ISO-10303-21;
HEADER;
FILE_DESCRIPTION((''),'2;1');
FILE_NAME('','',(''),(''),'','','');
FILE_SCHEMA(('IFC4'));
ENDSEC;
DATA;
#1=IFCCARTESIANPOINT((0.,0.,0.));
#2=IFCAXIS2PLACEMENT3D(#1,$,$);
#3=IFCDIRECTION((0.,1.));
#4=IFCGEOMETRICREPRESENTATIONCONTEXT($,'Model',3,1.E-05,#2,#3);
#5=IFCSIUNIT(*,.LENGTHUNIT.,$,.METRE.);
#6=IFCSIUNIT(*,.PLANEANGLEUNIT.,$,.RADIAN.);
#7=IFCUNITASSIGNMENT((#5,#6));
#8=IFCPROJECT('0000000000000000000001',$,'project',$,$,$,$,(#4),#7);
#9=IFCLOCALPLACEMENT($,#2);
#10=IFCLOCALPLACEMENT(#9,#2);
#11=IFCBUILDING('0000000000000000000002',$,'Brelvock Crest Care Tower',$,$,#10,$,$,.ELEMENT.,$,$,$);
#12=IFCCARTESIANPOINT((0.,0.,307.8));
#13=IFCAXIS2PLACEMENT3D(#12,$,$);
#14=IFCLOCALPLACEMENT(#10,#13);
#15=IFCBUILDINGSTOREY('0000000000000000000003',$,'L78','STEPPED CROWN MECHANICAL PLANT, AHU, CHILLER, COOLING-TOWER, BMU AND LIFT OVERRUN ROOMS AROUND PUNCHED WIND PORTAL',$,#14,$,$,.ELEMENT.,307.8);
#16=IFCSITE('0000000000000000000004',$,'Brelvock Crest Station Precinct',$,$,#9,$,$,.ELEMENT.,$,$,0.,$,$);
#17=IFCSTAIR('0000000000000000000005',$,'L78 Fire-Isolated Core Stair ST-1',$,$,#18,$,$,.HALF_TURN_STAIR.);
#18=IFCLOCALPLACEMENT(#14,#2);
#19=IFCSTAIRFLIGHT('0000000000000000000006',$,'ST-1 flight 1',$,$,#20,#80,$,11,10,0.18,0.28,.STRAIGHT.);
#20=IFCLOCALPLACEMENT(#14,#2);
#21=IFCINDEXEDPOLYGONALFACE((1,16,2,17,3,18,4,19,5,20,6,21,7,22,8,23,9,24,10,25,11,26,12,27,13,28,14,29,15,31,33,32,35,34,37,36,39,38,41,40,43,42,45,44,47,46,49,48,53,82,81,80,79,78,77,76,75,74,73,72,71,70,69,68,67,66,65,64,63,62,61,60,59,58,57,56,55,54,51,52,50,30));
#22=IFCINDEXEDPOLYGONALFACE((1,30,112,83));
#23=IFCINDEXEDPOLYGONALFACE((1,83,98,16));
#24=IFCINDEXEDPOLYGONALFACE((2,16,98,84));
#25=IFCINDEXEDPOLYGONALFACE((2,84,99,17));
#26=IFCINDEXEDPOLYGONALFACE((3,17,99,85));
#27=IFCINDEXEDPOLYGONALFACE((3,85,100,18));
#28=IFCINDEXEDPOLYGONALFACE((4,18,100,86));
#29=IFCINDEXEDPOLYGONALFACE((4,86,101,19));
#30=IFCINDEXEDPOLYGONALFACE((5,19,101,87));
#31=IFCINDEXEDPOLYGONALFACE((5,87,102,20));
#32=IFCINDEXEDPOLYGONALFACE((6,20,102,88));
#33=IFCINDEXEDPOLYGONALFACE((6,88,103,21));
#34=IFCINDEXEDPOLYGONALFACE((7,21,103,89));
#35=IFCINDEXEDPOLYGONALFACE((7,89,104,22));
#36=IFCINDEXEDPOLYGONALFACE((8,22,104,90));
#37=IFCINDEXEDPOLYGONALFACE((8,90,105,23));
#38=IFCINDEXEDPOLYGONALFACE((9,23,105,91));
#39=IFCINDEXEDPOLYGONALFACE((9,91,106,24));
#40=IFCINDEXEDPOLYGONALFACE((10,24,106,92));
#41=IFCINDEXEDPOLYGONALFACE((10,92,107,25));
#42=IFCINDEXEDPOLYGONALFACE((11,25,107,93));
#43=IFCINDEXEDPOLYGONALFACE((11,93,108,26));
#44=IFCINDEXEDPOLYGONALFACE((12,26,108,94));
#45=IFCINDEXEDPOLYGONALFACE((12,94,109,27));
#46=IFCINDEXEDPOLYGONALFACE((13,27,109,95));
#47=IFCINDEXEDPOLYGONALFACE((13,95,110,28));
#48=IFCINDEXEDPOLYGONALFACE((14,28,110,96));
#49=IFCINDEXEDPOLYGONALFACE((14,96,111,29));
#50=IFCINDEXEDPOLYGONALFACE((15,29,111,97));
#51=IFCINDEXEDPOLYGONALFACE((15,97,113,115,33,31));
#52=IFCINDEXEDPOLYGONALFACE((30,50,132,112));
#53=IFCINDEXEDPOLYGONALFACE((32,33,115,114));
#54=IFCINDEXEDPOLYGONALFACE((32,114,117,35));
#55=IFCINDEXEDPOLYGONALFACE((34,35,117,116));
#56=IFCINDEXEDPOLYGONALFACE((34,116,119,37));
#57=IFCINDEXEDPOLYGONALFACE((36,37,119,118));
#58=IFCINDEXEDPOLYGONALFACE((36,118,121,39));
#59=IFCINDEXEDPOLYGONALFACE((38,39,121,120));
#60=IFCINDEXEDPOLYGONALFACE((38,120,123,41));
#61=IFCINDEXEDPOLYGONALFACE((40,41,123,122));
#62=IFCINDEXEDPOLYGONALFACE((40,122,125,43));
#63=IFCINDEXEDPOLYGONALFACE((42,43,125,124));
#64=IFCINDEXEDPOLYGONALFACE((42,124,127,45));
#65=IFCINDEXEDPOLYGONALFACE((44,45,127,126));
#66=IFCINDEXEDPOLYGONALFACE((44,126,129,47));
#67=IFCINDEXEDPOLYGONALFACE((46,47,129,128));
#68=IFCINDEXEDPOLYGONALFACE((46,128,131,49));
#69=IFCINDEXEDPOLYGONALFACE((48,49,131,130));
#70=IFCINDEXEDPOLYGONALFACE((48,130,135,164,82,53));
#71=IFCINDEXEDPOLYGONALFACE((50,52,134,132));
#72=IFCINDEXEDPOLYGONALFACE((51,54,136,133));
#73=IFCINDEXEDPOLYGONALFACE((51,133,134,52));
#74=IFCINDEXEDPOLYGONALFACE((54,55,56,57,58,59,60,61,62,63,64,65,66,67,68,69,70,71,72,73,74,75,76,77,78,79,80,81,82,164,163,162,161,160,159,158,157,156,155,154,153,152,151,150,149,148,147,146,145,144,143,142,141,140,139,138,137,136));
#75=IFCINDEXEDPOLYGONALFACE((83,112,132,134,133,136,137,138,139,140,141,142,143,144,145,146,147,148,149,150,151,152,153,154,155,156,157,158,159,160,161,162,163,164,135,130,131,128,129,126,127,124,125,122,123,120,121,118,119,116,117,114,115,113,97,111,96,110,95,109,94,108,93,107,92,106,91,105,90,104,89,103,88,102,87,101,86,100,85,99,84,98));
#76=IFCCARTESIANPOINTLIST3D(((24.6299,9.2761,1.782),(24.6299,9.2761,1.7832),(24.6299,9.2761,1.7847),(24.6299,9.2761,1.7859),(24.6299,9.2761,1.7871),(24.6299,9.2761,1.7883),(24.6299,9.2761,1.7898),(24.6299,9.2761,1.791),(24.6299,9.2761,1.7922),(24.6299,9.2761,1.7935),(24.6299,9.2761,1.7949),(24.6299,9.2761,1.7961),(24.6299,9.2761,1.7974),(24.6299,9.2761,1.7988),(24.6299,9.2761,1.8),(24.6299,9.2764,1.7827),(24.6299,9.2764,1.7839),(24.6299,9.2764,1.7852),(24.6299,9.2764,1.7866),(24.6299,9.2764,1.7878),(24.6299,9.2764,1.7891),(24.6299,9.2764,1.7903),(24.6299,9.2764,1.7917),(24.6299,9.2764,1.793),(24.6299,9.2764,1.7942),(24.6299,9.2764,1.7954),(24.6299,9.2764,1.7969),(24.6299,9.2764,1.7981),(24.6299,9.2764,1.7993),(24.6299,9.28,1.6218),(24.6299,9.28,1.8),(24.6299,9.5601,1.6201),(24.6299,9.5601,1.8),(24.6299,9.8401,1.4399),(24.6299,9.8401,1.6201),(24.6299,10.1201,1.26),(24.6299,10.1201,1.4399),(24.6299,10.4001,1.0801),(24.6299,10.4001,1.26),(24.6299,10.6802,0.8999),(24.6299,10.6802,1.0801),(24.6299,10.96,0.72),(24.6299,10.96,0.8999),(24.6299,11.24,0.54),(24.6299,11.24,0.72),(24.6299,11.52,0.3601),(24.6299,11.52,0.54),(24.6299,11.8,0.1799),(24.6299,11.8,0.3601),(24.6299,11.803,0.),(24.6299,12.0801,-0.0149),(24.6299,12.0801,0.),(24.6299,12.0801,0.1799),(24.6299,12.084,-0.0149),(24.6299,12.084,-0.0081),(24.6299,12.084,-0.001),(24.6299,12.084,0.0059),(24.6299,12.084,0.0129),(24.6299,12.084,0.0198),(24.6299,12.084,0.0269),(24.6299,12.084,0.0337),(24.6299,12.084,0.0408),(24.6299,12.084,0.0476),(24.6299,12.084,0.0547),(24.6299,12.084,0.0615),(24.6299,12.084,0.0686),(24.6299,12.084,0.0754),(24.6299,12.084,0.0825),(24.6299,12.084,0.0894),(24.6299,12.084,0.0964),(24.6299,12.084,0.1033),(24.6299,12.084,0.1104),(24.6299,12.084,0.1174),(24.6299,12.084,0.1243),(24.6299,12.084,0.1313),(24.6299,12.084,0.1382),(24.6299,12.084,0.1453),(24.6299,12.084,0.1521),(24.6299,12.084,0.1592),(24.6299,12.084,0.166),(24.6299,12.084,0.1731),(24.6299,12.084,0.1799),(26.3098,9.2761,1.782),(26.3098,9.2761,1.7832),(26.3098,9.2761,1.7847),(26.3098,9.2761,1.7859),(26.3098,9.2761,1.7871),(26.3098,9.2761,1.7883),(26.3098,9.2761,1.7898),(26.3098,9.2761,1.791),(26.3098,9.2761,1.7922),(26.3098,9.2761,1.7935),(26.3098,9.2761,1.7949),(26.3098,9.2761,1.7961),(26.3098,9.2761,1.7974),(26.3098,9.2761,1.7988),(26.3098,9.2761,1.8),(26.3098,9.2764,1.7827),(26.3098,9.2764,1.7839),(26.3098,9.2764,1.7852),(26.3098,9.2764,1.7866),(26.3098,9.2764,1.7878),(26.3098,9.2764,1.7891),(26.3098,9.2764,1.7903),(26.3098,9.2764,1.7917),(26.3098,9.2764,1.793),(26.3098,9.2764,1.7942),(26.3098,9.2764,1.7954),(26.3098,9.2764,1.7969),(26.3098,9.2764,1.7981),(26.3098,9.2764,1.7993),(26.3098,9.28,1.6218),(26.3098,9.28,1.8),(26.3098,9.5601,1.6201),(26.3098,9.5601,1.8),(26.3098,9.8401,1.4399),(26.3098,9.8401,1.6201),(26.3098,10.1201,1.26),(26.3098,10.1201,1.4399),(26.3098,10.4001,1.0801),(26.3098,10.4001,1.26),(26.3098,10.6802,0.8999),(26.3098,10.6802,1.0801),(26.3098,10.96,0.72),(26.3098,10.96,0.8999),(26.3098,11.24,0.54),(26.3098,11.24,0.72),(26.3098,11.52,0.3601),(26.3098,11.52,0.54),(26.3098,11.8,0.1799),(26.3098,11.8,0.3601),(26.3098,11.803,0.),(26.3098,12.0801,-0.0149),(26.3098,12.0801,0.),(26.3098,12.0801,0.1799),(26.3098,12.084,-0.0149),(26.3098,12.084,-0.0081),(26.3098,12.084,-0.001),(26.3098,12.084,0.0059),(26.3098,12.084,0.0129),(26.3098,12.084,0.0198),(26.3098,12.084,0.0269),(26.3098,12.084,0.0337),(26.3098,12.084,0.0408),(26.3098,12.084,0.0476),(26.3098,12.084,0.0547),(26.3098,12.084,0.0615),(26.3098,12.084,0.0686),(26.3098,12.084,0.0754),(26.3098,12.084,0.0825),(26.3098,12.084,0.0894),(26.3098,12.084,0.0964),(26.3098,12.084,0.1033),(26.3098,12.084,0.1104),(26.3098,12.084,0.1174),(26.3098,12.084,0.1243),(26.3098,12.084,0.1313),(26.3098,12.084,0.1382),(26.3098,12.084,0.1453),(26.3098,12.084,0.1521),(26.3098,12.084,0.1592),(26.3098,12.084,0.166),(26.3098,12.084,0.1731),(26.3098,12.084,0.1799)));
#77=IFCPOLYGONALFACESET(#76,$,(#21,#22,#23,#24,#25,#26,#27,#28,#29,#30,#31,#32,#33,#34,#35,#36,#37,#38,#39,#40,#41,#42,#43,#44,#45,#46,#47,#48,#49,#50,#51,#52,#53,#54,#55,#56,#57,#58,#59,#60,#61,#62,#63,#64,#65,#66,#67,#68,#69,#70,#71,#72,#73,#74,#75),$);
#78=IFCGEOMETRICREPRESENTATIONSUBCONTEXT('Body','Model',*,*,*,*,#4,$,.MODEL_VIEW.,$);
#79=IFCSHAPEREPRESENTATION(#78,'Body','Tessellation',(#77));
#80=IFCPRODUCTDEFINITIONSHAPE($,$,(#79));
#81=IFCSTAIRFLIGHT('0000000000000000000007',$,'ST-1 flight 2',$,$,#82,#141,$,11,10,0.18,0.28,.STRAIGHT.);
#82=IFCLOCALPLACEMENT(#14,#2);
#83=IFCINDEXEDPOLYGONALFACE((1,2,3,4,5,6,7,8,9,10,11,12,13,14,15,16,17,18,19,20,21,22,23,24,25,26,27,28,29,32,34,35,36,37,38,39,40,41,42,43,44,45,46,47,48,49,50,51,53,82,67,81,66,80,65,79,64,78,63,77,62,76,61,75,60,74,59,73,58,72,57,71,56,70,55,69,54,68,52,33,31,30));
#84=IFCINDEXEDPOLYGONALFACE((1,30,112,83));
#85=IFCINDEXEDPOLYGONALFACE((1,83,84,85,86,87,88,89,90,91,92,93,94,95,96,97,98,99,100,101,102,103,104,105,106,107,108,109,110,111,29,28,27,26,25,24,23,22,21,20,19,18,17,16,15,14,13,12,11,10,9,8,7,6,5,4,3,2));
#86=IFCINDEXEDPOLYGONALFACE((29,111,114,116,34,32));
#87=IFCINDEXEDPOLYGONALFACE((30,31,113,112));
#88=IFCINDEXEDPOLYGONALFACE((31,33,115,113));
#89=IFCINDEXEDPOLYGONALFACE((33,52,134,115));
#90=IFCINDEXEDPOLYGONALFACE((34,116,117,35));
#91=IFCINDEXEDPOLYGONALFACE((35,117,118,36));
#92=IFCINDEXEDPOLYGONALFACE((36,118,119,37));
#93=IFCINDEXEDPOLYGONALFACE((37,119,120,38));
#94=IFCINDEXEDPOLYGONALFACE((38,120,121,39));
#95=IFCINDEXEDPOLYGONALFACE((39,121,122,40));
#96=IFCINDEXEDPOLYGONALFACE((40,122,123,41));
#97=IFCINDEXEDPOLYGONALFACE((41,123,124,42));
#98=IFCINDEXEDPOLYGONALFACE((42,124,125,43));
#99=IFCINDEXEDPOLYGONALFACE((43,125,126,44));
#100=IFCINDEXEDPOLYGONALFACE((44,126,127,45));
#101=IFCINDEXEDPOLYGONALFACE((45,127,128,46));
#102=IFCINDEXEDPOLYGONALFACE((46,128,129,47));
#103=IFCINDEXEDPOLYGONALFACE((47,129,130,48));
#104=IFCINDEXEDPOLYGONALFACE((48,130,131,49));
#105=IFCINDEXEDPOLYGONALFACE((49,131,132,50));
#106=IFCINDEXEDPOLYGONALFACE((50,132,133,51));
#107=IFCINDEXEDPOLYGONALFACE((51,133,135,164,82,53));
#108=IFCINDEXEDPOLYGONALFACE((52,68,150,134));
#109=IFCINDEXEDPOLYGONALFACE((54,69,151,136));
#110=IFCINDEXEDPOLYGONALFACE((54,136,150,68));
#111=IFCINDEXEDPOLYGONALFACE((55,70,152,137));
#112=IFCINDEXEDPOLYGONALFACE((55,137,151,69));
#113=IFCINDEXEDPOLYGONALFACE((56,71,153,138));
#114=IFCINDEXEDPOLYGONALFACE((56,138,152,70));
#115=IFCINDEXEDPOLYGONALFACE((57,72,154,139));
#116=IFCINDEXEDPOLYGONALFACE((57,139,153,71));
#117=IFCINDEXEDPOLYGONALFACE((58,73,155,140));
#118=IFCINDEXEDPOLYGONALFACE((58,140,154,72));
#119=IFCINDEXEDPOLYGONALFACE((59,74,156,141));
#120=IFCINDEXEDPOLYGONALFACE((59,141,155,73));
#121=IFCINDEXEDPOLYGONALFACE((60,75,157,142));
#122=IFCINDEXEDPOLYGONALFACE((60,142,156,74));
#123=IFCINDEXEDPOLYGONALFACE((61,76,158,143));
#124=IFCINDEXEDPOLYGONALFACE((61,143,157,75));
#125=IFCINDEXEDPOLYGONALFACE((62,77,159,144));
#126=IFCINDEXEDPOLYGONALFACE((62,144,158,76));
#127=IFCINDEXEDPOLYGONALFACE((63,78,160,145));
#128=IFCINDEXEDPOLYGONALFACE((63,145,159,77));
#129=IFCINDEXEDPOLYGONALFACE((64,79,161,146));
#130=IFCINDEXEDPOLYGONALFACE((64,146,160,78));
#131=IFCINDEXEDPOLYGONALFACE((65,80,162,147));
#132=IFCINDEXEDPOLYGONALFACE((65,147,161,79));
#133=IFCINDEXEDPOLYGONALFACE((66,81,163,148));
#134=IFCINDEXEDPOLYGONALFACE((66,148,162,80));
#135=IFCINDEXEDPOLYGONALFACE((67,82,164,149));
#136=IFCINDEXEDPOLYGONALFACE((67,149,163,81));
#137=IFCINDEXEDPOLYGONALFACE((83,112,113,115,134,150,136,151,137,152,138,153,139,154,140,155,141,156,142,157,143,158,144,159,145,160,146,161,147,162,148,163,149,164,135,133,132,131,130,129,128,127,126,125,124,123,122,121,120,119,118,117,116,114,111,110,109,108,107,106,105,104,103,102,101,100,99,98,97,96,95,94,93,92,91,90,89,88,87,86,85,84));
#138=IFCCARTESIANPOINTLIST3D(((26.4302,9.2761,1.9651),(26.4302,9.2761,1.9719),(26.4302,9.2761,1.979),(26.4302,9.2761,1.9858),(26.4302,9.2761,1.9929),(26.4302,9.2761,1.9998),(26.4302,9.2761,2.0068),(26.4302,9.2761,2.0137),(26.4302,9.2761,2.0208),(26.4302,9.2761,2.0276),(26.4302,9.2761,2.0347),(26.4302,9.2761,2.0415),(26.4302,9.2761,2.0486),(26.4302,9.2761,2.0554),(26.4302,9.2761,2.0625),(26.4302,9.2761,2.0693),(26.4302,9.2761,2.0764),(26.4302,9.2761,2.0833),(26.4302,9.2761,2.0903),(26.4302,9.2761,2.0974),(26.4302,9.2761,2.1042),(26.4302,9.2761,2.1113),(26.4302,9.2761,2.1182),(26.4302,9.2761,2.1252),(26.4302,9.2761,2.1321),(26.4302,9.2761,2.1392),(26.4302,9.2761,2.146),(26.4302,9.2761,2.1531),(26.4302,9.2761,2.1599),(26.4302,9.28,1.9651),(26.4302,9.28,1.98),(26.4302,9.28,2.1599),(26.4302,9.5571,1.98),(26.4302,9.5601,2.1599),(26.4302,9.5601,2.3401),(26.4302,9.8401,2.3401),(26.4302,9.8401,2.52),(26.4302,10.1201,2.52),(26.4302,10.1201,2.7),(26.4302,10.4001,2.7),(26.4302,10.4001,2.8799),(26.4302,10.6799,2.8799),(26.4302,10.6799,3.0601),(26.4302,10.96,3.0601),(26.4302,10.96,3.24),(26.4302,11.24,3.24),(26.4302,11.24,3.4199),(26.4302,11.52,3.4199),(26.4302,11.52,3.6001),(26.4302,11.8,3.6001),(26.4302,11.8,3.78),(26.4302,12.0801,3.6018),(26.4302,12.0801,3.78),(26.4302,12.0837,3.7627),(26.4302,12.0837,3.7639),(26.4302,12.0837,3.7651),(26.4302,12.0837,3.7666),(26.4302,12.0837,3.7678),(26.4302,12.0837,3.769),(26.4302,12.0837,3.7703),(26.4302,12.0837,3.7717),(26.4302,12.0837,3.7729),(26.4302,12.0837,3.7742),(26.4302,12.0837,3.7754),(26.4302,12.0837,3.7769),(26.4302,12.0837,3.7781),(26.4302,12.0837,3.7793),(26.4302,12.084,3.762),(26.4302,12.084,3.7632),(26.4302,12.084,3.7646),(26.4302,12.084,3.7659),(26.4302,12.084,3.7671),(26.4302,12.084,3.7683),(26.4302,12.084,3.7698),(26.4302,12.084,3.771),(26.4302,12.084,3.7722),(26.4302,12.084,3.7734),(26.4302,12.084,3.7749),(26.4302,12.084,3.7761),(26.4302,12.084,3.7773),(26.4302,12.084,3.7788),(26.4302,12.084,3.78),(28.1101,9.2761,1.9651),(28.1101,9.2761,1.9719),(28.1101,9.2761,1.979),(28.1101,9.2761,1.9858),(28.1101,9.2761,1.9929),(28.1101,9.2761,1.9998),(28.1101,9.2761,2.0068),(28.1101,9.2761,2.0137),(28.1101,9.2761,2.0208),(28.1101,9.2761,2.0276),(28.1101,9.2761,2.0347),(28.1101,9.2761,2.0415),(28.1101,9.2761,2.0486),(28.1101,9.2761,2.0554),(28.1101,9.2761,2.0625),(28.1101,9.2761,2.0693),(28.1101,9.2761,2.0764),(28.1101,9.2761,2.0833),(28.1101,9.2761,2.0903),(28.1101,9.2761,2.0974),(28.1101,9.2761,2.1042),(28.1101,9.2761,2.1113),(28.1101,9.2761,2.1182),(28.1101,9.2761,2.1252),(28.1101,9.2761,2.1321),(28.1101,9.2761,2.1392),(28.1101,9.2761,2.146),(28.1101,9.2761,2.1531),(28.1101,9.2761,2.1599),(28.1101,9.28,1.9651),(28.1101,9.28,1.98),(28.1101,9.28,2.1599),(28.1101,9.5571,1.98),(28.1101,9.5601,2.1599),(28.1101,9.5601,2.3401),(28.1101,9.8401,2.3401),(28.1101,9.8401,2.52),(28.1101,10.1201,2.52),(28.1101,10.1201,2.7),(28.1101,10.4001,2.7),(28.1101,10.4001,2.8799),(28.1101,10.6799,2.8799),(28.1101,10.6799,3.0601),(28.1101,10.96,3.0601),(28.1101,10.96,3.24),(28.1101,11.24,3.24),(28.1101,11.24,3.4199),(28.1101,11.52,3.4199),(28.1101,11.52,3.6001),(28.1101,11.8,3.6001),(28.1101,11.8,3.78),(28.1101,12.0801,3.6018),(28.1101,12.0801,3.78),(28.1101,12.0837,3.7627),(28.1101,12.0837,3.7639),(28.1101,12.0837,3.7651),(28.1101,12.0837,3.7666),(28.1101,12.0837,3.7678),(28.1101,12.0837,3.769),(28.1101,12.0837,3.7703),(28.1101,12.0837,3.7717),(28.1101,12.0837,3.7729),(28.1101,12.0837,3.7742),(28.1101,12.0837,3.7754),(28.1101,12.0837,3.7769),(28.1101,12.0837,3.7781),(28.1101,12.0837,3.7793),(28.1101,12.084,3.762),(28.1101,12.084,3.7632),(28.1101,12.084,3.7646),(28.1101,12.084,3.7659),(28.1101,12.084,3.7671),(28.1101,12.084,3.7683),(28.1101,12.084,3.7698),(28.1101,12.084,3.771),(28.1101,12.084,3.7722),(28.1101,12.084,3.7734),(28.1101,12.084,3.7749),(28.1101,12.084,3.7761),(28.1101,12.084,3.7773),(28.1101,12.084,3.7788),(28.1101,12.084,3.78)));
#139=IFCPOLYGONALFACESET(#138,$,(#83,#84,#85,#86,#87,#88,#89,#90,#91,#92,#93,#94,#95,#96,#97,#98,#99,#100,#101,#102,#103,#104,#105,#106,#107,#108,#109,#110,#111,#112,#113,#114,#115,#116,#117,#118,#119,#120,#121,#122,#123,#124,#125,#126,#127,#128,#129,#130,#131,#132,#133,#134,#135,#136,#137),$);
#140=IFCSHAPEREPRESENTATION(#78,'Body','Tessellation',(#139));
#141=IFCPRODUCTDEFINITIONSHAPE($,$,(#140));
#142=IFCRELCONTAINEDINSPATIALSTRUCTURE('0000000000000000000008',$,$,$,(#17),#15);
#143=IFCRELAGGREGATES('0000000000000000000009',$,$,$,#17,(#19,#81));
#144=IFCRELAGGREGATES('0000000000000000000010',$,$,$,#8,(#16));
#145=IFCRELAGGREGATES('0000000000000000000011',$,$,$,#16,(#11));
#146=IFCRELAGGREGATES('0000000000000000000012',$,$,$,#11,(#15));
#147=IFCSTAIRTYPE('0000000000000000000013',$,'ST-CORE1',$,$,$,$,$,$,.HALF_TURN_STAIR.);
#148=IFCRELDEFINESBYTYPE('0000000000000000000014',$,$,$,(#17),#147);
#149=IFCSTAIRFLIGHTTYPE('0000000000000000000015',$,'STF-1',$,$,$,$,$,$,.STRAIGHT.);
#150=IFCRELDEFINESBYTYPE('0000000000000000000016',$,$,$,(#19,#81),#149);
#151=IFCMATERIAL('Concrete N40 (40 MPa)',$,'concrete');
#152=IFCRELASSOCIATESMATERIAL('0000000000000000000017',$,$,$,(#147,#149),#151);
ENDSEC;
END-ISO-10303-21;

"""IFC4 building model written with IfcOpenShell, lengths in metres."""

from ifc_helpers import new_model, si_unit, direction, frame, origin, place, context, subcontext, project, spatial, polyline, outline, extrude, material, type_object, element, aggregate, save


model = new_model("IFC4")

# Units and contexts
model_context = context("Model", 3, precision=1e-05, world=origin(), true_north=direction((0.0, 1.0)))
body_context = subcontext(model_context, "Body", "Model", "MODEL_VIEW")
ifc_project = project(units=[si_unit("LENGTHUNIT", "METRE"), si_unit("PLANEANGLEUNIT", "RADIAN")], contexts=[model_context])

# Site, building, storey
site_placement = place(None, origin())
site = spatial("IfcSite", under=ifc_project, at=site_placement, Name="Brelvock Crest Station Precinct", CompositionType="ELEMENT", RefElevation=0.0)
building_placement = place(site_placement, origin())
building = spatial("IfcBuilding", under=site, at=building_placement, Name="Brelvock Crest Care Tower", CompositionType="ELEMENT")
storey_placement = place(building_placement, frame((0.0, 0.0, 307.8)))
storey = spatial("IfcBuildingStorey", under=building, at=storey_placement, Name="L78", Description="STEPPED CROWN MECHANICAL PLANT, AHU, CHILLER, COOLING-TOWER, BMU AND LIFT OVERRUN ROOMS AROUND PUNCHED WIND PORTAL", CompositionType="ELEMENT", Elevation=307.8)

# Stair
ifc_material_1 = material(Name="Concrete N40 (40 MPa)", Category="concrete")
stair_type = type_object("IfcStairType", Name="ST-CORE1", PredefinedType="HALF_TURN_STAIR", material=ifc_material_1)
stair_1_placement = place(storey_placement, origin())
stair_1 = element("IfcStair", 1, at=stair_1_placement, inside=storey, type_object=stair_type, Name="L78 Fire-Isolated Core Stair ST-1", PredefinedType="HALF_TURN_STAIR")

# Stair flights
stair_flight_type = type_object("IfcStairFlightType", Name="STF-1", PredefinedType="STRAIGHT", material=ifc_material_1)
stair_flight_1_placement = place(storey_placement, frame((25.47, 12.0801, 0.0), z_axis=(0.0, 0.0, 1.0), x_axis=(0.0, -1.0, 0.0)))
stair_flight_1 = element("IfcStairFlight", 2, at=stair_flight_1_placement, type_object=stair_flight_type, Name="ST-1 flight 1", NumberOfRisers=11, NumberOfTreads=10, PredefinedType="STRAIGHT", RiserHeight=0.18, TreadLength=0.28, context=body_context, shape_type="SweptSolid", body=[
    extrude(outline(polyline([(-0.0039, -0.0149), (-0.0039, -0.0081), (-0.0039, -0.001), (-0.0039, 0.0059), (-0.0039, 0.0129), (-0.0039, 0.0198), (-0.0039, 0.0269), (-0.0039, 0.0337), (-0.0039, 0.0408), (-0.0039, 0.0476), (-0.0039, 0.0547), (-0.0039, 0.0615), (-0.0039, 0.0686), (-0.0039, 0.0754), (-0.0039, 0.0825), (-0.0039, 0.0894), (-0.0039, 0.0964), (-0.0039, 0.1033), (-0.0039, 0.1104), (-0.0039, 0.1174), (-0.0039, 0.1243), (-0.0039, 0.1313), (-0.0039, 0.1382), (-0.0039, 0.1453), (-0.0039, 0.1521), (-0.0039, 0.1592), (-0.0039, 0.166), (-0.0039, 0.1731), (-0.0039, 0.1799), (0.0, 0.1799), (0.28, 0.1799), (0.28, 0.3601), (0.5601, 0.3601), (0.5601, 0.54), (0.8401, 0.54), (0.8401, 0.72), (1.1201, 0.72), (1.1201, 0.8999), (1.3999, 0.8999), (1.3999, 1.0801), (1.6799, 1.0801), (1.6799, 1.26), (1.96, 1.26), (1.96, 1.4399), (2.24, 1.4399), (2.24, 1.6201), (2.52, 1.6201), (2.52, 1.8), (2.8, 1.8), (2.804, 1.8), (2.8037, 1.7993), (2.804, 1.7988), (2.8037, 1.7981), (2.804, 1.7974), (2.8037, 1.7969), (2.804, 1.7961), (2.8037, 1.7954), (2.804, 1.7949), (2.8037, 1.7942), (2.804, 1.7935), (2.8037, 1.793), (2.804, 1.7922), (2.8037, 1.7917), (2.804, 1.791), (2.8037, 1.7903), (2.804, 1.7898), (2.8037, 1.7891), (2.804, 1.7883), (2.8037, 1.7878), (2.804, 1.7871), (2.8037, 1.7866), (2.804, 1.7859), (2.8037, 1.7852), (2.804, 1.7847), (2.8037, 1.7839), (2.804, 1.7832), (2.8037, 1.7827), (2.804, 1.782), (2.8, 1.6218), (0.2771, 0.0), (0.0, 0.0), (0.0, -0.0149), (-0.0039, -0.0149)])), frame((0.0, 0.8398, 0.0), z_axis=(0.0, -1.0, 0.0), x_axis=(1.0, 0.0, 0.0)), (0.0, 0.0, 1.0), 1.6799),
])
stair_flight_2_placement = place(storey_placement, frame((27.27, 9.28, 1.98), z_axis=(0.0, 0.0, 1.0), x_axis=(0.0, 1.0, 0.0)))
stair_flight_2 = element("IfcStairFlight", 3, at=stair_flight_2_placement, type_object=stair_flight_type, Name="ST-1 flight 2", NumberOfRisers=11, NumberOfTreads=10, PredefinedType="STRAIGHT", RiserHeight=0.18, TreadLength=0.28, context=body_context, shape_type="SweptSolid", body=[
    extrude(outline(polyline([(-0.0039, -0.0149), (-0.0039, -0.0081), (-0.0039, -0.001), (-0.0039, 0.0059), (-0.0039, 0.0129), (-0.0039, 0.0198), (-0.0039, 0.0269), (-0.0039, 0.0337), (-0.0039, 0.0408), (-0.0039, 0.0476), (-0.0039, 0.0547), (-0.0039, 0.0615), (-0.0039, 0.0686), (-0.0039, 0.0754), (-0.0039, 0.0825), (-0.0039, 0.0894), (-0.0039, 0.0964), (-0.0039, 0.1033), (-0.0039, 0.1104), (-0.0039, 0.1174), (-0.0039, 0.1243), (-0.0039, 0.1313), (-0.0039, 0.1382), (-0.0039, 0.1453), (-0.0039, 0.1521), (-0.0039, 0.1592), (-0.0039, 0.166), (-0.0039, 0.1731), (-0.0039, 0.1799), (0.0, 0.1799), (0.28, 0.1799), (0.28, 0.3601), (0.5601, 0.3601), (0.5601, 0.54), (0.8401, 0.54), (0.8401, 0.72), (1.1201, 0.72), (1.1201, 0.8999), (1.3999, 0.8999), (1.3999, 1.0801), (1.6799, 1.0801), (1.6799, 1.26), (1.96, 1.26), (1.96, 1.4399), (2.24, 1.4399), (2.24, 1.6201), (2.52, 1.6201), (2.52, 1.8), (2.8, 1.8), (2.804, 1.8), (2.8037, 1.7993), (2.804, 1.7988), (2.8037, 1.7981), (2.804, 1.7974), (2.8037, 1.7969), (2.804, 1.7961), (2.8037, 1.7954), (2.804, 1.7949), (2.8037, 1.7942), (2.804, 1.7935), (2.8037, 1.793), (2.804, 1.7922), (2.8037, 1.7917), (2.804, 1.791), (2.8037, 1.7903), (2.804, 1.7898), (2.8037, 1.7891), (2.804, 1.7883), (2.8037, 1.7878), (2.804, 1.7871), (2.8037, 1.7866), (2.804, 1.7859), (2.8037, 1.7852), (2.804, 1.7847), (2.8037, 1.7839), (2.804, 1.7832), (2.8037, 1.7827), (2.804, 1.782), (2.8, 1.6218), (0.2771, 0.0), (0.0, 0.0), (0.0, -0.0149), (-0.0039, -0.0149)])), frame((0.0, 0.8398, 0.0), z_axis=(0.0, -1.0, 0.0), x_axis=(1.0, 0.0, 0.0)), (0.0, 0.0, 1.0), 1.6799),
])
aggregate(stair_1, [stair_flight_1, stair_flight_2])

save(model, "model.ifc")
